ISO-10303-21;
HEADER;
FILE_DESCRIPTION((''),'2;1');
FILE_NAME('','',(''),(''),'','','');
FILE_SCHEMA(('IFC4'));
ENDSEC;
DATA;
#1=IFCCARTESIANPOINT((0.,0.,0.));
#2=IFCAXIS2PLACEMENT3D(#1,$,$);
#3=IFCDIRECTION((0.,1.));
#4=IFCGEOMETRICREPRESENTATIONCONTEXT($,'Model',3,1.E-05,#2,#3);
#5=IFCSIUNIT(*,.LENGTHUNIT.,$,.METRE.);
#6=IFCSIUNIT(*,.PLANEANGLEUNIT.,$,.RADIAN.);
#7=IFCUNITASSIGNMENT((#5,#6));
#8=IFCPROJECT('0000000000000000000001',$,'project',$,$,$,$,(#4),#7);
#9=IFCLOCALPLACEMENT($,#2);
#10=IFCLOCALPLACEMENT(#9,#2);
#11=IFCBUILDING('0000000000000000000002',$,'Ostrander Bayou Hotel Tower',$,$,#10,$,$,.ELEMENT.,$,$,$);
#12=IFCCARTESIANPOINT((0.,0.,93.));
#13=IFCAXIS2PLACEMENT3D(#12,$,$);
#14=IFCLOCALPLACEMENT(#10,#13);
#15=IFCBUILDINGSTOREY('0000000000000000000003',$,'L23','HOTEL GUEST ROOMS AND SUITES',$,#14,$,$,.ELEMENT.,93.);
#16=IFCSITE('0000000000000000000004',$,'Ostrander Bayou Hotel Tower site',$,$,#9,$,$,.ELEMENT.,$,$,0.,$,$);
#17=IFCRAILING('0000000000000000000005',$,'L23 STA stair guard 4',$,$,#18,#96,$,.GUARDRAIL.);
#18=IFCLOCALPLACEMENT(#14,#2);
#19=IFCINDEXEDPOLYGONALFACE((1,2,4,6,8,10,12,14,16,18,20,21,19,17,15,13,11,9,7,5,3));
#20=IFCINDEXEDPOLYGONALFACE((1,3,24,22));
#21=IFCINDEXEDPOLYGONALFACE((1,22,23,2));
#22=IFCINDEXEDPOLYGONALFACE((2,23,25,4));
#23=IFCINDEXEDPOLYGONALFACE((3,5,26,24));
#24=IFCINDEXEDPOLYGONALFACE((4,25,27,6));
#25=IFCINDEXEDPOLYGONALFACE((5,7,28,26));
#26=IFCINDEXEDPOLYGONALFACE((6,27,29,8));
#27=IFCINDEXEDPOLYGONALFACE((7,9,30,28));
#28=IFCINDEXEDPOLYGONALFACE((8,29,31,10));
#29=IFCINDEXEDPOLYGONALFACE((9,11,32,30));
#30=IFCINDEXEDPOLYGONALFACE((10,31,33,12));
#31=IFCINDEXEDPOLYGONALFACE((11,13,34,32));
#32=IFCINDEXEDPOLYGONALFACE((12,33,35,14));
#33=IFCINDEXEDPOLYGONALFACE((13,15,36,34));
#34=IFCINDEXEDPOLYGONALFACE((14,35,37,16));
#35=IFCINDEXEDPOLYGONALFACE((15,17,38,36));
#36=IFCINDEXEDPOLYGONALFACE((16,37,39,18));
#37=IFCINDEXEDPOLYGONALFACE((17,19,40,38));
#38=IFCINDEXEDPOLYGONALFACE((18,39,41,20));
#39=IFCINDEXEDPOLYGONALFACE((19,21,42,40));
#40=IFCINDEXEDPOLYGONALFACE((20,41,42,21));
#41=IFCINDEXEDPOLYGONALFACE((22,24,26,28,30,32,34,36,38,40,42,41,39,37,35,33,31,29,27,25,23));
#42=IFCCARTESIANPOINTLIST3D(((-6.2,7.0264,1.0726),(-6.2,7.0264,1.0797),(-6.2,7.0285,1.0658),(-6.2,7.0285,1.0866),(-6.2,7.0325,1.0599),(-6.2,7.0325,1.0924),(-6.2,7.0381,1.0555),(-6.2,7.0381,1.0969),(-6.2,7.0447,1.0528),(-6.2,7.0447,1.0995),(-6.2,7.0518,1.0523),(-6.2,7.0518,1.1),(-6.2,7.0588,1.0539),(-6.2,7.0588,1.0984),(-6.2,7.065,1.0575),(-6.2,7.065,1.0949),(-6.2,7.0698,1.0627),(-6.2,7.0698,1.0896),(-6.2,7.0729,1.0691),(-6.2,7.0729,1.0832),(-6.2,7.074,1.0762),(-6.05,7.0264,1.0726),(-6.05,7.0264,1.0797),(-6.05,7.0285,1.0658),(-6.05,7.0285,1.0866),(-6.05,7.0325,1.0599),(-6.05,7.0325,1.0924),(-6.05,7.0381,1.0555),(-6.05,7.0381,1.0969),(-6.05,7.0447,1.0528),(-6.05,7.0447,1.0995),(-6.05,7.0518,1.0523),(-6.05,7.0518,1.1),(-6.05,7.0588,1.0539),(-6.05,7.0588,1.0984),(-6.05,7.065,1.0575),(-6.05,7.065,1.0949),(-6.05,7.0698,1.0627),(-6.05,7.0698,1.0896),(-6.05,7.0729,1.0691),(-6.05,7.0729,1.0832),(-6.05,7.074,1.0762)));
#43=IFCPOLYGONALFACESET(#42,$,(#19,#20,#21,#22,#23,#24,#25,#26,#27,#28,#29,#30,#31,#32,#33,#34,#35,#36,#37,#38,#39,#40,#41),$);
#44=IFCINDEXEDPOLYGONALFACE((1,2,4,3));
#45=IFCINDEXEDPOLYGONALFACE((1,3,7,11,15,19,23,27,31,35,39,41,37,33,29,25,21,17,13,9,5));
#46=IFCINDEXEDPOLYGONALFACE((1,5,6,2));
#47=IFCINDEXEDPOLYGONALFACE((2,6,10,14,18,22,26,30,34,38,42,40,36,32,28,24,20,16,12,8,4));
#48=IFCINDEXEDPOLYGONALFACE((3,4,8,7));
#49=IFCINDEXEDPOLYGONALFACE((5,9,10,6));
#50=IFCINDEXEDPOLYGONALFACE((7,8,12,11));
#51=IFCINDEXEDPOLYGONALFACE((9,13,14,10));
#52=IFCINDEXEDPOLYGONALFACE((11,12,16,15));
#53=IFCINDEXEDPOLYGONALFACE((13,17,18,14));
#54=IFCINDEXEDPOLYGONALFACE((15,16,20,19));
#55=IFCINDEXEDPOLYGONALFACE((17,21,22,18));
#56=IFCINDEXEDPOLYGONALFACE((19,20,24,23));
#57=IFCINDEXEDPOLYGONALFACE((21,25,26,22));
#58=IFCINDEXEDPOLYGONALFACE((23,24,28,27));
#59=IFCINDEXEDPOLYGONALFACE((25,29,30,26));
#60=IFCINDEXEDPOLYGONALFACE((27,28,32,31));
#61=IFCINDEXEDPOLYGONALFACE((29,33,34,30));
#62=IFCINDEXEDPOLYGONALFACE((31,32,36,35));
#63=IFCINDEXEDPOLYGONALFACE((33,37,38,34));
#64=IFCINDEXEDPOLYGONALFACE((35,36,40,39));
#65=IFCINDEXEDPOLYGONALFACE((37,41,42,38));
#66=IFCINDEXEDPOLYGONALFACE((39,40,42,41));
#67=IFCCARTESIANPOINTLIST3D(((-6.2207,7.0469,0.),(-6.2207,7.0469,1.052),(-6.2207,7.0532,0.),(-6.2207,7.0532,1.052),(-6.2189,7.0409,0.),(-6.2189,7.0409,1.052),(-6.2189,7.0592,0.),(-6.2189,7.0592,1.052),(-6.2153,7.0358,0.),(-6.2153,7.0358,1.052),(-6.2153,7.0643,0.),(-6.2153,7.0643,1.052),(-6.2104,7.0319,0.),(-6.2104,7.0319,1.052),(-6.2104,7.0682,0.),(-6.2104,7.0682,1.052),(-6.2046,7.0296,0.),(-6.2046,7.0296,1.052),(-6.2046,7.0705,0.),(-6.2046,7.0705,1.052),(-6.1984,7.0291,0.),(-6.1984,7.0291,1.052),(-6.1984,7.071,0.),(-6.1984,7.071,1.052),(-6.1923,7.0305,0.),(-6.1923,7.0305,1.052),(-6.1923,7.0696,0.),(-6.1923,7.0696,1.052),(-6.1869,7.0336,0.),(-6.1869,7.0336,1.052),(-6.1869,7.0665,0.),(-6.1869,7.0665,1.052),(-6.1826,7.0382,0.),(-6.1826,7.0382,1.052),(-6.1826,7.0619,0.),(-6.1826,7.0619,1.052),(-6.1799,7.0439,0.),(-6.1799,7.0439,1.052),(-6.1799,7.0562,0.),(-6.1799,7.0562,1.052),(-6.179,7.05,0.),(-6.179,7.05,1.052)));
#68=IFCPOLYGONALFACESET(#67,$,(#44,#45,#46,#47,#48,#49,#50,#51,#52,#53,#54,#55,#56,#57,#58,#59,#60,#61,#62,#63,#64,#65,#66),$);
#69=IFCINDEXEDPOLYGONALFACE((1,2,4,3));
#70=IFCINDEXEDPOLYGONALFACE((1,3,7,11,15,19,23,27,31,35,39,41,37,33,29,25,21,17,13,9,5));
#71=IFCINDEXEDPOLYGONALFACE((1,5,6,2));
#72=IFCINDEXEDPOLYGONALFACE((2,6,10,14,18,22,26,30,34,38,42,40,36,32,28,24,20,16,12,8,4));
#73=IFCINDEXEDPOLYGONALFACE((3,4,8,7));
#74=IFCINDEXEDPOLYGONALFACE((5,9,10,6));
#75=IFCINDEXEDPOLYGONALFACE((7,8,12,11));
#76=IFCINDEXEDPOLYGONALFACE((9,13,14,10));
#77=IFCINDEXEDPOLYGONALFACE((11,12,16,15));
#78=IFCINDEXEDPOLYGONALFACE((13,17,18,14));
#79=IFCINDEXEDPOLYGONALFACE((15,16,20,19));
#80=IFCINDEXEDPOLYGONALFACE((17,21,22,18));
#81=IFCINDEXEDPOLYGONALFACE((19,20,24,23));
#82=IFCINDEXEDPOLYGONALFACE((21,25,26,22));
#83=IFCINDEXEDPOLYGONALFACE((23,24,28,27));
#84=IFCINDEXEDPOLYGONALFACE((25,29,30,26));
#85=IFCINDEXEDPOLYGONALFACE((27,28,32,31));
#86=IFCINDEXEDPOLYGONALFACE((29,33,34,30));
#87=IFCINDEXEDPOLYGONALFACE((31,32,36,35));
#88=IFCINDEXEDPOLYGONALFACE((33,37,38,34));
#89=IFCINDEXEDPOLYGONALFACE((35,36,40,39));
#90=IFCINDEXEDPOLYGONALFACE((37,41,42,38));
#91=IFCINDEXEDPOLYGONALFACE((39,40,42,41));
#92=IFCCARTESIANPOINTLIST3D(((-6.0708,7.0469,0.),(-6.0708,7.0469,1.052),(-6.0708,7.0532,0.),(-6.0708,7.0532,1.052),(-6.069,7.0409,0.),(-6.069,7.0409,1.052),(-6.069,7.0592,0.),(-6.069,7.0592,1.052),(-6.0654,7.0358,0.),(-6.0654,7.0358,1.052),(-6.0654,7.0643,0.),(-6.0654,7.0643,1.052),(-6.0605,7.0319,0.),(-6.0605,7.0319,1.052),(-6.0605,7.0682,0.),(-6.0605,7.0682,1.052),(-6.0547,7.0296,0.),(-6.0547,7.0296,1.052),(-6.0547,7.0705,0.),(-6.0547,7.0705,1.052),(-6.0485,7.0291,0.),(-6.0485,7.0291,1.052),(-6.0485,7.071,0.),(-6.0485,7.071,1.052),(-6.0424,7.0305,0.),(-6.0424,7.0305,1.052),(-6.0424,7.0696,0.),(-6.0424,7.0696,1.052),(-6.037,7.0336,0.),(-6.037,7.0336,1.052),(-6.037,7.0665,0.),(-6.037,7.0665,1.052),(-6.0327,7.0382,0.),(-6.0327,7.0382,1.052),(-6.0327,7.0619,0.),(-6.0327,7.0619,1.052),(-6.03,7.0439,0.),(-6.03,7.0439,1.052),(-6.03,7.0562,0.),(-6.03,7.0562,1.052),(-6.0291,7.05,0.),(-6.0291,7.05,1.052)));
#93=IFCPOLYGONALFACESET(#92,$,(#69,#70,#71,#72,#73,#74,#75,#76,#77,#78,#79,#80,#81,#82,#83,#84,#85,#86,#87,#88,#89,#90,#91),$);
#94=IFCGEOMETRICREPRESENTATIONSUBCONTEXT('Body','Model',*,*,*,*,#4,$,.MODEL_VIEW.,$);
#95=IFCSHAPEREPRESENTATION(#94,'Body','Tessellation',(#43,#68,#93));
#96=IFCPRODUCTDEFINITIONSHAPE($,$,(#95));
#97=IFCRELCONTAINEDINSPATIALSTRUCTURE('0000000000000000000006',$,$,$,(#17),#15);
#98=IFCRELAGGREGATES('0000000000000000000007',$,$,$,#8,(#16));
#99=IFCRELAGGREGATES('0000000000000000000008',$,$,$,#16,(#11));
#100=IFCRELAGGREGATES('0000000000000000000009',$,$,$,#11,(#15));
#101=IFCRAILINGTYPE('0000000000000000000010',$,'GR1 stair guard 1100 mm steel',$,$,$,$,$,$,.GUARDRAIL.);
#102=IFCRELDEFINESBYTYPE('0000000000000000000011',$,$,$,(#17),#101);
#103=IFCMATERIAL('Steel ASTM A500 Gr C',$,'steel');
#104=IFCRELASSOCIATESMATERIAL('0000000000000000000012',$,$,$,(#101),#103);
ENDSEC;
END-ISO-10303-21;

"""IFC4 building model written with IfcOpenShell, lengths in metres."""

from ifc_helpers import new_model, si_unit, direction, frame, origin, origin_2d, place, context, subcontext, project, spatial, circle, extrude, material, type_object, element, save


model = new_model("IFC4")

# Units and contexts
model_context = context("Model", 3, precision=1e-05, world=origin(), true_north=direction((0.0, 1.0)))
body_context = subcontext(model_context, "Body", "Model", "MODEL_VIEW")
ifc_project = project(units=[si_unit("LENGTHUNIT", "METRE"), si_unit("PLANEANGLEUNIT", "RADIAN")], contexts=[model_context])

# Site, building, storey
site_placement = place(None, origin())
site = spatial("IfcSite", under=ifc_project, at=site_placement, Name="Ostrander Bayou Hotel Tower site", CompositionType="ELEMENT", RefElevation=0.0)
building_placement = place(site_placement, origin())
building = spatial("IfcBuilding", under=site, at=building_placement, Name="Ostrander Bayou Hotel Tower", CompositionType="ELEMENT")
storey_placement = place(building_placement, frame((0.0, 0.0, 93.0)))
storey = spatial("IfcBuildingStorey", under=building, at=storey_placement, Name="L23", Description="HOTEL GUEST ROOMS AND SUITES", CompositionType="ELEMENT", Elevation=93.0)

# Railing
ifc_material_1 = material(Name="Steel ASTM A500 Gr C", Category="steel")
railing_type_1 = type_object("IfcRailingType", Name="GR1 stair guard 1100 mm steel", PredefinedType="GUARDRAIL", material=ifc_material_1)
railing_1_placement = place(storey_placement, frame((-6.2, 7.05, 0.0)))
element("IfcRailing", 1, at=railing_1_placement, inside=storey, type_object=railing_type_1, Name="L23 STA stair guard 4", PredefinedType="GUARDRAIL", context=body_context, shape_type="SweptSolid", body=[
    extrude(circle(Radius=0.0239, at=origin_2d()), frame((0.0, 0.0, 1.0762), z_axis=(1.0, 0.0, 0.0), x_axis=(0.0, 1.0, 0.0)), (0.0, 0.0, 1.0), 0.1499),
    extrude(circle(Radius=0.021, at=origin_2d()), origin(), (0.0, 0.0, 1.0), 1.052),
    extrude(circle(Radius=0.021, at=origin_2d()), frame((0.1499, 0.0, 0.0)), (0.0, 0.0, 1.0), 1.052),
])

save(model, "model.ifc")
